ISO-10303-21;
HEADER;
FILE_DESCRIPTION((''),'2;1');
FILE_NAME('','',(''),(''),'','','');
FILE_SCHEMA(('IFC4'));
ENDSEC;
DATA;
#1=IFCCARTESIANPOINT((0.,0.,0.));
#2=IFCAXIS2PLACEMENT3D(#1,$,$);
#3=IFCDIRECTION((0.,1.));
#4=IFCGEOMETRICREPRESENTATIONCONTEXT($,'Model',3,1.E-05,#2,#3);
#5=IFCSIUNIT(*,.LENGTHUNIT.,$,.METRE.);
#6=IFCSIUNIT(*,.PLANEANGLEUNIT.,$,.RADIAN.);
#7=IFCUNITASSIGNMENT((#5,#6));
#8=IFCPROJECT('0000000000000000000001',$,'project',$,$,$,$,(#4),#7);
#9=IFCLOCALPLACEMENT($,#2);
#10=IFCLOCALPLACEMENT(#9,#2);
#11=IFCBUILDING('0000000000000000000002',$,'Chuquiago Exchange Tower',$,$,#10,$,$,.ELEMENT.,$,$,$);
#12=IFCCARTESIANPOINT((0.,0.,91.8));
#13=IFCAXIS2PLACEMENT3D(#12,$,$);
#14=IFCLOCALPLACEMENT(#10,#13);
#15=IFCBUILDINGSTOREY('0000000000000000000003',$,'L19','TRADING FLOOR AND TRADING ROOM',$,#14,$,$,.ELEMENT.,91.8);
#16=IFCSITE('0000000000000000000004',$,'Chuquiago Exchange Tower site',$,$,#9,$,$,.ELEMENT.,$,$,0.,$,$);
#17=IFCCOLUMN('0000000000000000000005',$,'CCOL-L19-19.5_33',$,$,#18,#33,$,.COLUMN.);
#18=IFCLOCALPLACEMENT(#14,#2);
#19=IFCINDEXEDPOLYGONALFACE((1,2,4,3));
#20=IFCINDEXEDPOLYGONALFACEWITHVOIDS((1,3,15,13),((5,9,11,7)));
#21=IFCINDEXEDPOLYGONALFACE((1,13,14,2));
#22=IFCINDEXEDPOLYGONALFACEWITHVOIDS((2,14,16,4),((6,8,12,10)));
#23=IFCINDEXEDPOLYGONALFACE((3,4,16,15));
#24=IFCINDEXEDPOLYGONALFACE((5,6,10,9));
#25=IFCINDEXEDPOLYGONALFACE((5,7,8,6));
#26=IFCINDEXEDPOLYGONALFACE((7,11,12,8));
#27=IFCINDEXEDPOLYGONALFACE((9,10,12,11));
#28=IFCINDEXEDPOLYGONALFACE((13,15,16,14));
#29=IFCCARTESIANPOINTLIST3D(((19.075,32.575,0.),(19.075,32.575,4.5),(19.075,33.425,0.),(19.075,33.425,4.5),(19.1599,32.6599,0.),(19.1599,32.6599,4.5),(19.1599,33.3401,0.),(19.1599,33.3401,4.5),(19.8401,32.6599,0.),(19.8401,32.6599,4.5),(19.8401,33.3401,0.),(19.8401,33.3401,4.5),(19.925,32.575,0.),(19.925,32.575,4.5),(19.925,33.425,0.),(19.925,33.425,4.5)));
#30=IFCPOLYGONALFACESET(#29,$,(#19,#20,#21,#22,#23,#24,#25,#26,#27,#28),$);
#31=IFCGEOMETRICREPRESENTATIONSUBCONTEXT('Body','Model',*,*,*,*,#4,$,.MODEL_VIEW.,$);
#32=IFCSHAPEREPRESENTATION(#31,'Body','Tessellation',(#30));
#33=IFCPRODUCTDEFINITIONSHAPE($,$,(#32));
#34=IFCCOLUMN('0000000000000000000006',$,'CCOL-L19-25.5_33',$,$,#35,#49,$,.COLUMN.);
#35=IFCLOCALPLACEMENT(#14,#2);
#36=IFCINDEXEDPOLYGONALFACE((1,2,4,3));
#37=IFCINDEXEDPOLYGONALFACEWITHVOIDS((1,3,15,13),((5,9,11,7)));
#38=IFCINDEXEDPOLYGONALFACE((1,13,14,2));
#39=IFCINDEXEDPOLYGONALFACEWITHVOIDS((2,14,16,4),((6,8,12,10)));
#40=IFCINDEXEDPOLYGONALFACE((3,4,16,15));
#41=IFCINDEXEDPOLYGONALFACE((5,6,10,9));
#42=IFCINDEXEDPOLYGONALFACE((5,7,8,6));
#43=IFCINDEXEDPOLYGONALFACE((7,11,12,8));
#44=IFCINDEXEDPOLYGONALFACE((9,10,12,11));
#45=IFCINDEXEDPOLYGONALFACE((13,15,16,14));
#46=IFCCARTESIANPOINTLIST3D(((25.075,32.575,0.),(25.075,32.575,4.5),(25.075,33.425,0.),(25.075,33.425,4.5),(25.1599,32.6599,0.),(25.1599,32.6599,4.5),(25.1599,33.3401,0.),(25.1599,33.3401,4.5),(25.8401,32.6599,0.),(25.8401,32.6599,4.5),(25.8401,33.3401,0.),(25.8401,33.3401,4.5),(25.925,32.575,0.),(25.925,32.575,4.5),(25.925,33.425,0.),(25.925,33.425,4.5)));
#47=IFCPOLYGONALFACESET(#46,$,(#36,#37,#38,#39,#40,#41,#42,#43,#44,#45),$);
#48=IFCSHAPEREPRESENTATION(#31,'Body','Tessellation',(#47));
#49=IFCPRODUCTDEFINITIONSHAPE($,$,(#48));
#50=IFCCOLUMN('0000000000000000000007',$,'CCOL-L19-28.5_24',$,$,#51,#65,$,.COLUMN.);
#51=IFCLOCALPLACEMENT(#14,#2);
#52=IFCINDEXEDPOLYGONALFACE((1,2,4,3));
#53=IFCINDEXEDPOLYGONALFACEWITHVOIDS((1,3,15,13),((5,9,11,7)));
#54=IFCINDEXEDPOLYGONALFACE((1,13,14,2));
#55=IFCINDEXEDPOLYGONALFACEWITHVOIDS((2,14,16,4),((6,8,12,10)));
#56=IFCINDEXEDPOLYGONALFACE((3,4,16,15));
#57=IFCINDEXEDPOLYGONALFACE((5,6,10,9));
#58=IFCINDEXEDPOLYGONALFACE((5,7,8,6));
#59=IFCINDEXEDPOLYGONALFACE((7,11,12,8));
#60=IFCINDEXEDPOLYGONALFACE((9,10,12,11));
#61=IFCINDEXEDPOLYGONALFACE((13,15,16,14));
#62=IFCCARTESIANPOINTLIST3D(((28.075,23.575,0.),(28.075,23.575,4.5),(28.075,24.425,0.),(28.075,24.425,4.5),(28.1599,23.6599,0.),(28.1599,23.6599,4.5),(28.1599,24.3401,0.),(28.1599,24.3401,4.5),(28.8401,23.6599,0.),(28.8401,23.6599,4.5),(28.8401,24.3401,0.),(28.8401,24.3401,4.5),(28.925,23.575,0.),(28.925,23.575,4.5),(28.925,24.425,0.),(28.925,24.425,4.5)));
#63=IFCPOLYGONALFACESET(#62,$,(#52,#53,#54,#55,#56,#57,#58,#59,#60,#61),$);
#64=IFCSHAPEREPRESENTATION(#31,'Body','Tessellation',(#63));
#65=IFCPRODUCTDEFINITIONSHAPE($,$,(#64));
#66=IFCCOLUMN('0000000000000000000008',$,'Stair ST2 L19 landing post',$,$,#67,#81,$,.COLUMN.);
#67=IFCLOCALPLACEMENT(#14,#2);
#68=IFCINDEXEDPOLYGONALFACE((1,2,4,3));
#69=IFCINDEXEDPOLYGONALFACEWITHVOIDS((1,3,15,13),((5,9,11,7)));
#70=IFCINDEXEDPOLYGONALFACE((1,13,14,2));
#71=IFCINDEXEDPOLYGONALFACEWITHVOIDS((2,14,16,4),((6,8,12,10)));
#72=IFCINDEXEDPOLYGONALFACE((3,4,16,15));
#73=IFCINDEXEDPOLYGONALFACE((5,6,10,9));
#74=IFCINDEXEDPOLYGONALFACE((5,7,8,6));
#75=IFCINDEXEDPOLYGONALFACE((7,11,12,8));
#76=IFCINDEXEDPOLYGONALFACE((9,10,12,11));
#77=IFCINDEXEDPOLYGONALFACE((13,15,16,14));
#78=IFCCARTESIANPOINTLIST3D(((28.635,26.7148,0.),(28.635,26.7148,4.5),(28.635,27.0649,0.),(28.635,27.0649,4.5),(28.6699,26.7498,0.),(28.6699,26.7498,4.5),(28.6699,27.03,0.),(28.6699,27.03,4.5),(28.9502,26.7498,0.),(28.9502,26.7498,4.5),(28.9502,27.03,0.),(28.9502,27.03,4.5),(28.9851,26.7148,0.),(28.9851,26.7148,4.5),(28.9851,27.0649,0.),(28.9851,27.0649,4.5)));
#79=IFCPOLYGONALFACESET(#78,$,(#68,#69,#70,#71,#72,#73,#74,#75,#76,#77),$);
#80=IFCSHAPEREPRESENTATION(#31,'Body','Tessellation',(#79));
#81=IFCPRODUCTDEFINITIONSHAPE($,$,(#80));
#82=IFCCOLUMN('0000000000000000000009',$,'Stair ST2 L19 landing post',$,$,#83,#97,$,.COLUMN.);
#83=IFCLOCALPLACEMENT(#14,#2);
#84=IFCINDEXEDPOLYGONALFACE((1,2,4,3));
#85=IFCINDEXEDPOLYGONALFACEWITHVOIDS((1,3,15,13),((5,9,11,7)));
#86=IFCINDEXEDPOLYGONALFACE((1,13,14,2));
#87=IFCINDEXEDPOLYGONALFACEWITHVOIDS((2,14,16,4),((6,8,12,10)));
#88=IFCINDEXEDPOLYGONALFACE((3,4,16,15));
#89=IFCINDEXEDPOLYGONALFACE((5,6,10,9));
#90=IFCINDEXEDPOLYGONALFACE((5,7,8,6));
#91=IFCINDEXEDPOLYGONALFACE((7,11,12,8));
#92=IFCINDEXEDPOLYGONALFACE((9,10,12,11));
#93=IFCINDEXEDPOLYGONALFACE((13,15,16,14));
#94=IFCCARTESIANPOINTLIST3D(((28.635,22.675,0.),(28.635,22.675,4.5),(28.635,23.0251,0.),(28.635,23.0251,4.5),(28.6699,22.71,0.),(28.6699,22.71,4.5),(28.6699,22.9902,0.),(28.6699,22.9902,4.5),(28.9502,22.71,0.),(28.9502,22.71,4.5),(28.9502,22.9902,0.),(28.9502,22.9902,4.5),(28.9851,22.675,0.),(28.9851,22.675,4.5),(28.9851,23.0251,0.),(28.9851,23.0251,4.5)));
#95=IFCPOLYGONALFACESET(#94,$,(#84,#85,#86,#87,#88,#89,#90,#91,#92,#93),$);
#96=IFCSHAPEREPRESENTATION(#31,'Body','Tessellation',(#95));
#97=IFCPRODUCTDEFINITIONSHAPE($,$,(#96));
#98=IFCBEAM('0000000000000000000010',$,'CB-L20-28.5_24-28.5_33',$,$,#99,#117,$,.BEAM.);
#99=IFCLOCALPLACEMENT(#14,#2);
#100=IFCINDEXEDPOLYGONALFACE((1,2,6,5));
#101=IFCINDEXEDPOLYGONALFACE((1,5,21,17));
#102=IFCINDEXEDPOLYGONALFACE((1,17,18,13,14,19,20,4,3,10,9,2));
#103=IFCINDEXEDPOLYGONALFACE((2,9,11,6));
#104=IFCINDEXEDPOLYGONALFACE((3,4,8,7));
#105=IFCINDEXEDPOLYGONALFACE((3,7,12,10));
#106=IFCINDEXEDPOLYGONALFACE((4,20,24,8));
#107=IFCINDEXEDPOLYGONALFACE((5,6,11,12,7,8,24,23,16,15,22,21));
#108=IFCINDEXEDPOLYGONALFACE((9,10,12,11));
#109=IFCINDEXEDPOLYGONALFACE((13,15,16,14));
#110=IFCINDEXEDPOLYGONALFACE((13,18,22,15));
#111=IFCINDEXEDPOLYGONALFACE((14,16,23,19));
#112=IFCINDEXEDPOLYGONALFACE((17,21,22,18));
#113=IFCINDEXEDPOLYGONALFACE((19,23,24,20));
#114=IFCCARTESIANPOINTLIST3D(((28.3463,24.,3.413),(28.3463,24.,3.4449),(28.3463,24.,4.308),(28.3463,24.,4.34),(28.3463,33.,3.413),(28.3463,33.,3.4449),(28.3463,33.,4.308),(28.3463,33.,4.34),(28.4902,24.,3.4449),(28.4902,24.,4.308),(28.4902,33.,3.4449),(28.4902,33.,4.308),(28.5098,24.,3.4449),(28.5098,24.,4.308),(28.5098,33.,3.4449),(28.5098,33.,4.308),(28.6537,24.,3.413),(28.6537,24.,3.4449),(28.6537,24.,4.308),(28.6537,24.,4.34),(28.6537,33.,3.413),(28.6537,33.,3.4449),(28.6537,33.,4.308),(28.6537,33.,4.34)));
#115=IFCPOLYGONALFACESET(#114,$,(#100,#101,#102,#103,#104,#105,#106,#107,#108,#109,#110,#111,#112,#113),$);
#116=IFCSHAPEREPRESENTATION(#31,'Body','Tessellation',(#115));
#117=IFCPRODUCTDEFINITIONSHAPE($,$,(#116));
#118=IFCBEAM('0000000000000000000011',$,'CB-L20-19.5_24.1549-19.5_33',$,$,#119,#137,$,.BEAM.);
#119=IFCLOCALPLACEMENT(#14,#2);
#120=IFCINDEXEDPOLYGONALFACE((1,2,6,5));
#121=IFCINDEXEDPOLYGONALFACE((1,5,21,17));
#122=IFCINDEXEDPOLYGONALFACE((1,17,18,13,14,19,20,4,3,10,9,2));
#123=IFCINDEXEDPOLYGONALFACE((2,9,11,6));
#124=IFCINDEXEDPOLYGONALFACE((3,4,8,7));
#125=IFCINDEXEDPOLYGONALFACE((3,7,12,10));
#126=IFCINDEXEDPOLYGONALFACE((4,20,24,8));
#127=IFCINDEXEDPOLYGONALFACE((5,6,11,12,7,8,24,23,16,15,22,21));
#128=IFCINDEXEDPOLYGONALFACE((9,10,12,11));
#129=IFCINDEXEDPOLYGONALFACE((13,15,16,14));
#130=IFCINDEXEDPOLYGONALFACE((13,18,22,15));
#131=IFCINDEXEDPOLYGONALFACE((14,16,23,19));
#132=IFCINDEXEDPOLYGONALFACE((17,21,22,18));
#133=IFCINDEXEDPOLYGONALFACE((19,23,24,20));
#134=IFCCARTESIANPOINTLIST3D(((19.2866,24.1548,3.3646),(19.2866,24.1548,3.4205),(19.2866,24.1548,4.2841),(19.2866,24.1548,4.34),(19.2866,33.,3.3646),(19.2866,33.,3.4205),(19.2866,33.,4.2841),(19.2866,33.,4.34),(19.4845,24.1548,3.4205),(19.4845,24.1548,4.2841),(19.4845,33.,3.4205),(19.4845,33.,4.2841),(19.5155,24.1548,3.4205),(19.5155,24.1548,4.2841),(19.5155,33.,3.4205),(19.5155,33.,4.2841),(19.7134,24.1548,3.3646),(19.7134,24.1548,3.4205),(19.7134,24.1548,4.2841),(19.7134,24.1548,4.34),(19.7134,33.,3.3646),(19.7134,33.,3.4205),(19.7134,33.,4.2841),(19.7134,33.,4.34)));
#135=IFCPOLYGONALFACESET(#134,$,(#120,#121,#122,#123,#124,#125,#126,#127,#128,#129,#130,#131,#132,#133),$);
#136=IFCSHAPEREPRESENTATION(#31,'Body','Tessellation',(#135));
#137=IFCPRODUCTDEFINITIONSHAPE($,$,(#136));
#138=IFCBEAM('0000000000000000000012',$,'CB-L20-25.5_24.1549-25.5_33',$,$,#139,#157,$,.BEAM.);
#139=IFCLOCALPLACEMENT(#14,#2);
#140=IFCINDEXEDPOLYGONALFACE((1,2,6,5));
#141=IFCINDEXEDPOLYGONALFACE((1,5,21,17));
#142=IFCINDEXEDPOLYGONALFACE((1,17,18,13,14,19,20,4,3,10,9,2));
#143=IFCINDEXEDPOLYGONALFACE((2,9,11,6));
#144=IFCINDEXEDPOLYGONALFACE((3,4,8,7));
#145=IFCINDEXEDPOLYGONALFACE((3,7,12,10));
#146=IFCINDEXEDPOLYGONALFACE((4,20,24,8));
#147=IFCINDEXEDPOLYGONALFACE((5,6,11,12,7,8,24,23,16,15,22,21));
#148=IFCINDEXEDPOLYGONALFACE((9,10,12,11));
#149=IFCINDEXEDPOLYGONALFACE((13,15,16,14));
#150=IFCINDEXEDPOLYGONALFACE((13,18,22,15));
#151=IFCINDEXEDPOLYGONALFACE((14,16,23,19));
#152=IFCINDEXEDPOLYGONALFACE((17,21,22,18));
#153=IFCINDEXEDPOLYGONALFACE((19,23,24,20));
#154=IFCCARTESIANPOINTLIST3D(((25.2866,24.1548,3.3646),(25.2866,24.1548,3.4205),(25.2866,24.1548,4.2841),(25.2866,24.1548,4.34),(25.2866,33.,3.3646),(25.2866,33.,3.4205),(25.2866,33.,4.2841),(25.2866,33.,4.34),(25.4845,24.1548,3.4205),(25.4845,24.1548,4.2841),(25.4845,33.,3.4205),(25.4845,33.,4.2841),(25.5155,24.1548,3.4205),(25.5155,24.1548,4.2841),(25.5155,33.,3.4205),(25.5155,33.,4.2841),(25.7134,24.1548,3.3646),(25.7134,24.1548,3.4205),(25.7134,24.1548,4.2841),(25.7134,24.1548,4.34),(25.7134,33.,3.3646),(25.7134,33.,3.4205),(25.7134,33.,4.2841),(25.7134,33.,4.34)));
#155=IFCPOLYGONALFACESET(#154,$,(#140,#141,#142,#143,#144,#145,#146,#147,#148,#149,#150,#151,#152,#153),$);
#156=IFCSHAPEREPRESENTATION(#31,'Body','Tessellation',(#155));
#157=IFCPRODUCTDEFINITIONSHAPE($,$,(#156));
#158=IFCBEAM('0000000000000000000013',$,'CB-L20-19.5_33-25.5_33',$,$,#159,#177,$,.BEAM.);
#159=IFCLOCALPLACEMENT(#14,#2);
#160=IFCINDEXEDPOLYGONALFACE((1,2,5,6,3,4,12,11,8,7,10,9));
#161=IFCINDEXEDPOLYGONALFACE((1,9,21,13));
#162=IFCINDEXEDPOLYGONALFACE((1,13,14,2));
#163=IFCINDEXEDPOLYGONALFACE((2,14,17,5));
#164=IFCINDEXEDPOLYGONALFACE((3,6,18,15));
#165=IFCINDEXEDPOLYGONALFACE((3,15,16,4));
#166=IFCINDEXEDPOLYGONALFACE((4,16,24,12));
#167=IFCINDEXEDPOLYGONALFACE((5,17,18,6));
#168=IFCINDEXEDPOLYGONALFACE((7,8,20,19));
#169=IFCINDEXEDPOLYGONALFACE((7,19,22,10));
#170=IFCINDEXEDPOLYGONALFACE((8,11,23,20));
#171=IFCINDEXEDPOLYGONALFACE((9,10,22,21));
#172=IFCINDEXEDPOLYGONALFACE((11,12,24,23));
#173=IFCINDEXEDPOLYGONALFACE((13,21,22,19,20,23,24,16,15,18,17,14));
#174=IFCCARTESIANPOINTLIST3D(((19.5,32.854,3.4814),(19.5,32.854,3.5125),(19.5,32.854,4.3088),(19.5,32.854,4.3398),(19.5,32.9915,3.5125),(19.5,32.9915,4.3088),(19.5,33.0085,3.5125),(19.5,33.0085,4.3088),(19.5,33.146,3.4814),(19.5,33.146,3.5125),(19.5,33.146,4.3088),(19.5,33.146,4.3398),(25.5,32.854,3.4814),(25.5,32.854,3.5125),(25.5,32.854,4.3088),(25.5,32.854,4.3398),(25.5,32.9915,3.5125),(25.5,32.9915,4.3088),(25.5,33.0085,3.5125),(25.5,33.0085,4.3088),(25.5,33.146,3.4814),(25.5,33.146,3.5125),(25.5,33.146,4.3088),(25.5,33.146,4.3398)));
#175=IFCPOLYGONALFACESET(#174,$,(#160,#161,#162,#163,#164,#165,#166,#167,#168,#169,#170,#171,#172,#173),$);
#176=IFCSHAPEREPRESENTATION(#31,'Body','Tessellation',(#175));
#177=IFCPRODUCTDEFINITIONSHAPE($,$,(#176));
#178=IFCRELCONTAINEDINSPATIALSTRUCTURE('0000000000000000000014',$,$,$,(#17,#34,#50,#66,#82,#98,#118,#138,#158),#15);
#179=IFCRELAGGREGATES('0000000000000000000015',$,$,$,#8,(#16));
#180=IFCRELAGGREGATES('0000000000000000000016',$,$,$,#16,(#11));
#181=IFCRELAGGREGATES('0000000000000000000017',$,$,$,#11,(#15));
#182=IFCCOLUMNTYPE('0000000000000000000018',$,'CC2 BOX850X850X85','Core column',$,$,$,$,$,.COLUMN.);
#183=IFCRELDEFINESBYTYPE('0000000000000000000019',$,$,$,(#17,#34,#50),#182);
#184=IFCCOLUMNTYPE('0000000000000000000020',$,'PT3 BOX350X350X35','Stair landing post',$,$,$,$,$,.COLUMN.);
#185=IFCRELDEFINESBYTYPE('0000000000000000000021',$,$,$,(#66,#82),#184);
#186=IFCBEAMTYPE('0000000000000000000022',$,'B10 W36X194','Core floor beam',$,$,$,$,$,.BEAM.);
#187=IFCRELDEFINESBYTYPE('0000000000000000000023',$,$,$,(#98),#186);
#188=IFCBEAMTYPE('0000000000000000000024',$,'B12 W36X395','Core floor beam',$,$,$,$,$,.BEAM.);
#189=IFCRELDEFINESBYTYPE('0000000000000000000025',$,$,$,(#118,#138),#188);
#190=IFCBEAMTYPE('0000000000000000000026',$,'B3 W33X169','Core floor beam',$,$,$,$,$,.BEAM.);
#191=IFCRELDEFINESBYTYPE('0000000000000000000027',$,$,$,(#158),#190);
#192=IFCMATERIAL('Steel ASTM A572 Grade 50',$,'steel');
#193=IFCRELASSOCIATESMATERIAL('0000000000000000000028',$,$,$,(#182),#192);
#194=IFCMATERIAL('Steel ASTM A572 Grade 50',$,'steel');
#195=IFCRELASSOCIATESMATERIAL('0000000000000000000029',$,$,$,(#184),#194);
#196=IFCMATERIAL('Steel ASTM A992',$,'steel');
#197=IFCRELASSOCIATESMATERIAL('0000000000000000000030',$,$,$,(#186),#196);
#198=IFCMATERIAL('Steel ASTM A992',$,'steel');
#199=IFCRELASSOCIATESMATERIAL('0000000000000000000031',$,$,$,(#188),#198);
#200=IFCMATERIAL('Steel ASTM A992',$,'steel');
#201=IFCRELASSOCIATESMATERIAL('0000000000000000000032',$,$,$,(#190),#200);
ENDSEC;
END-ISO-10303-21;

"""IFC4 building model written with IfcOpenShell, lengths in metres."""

from ifc_helpers import new_model, si_unit, direction, frame, origin, origin_2d, place, context, subcontext, project, spatial, hollow_rectangle, i_section, extrude, material, material_profile, profile_set, type_object, element, save


model = new_model("IFC4")

# Units and contexts
model_context = context("Model", 3, precision=1e-05, world=origin(), true_north=direction((0.0, 1.0)))
body_context = subcontext(model_context, "Body", "Model", "MODEL_VIEW")
ifc_project = project(units=[si_unit("LENGTHUNIT", "METRE"), si_unit("PLANEANGLEUNIT", "RADIAN")], contexts=[model_context])

# Site, building, storey
site_placement = place(None, origin())
site = spatial("IfcSite", under=ifc_project, at=site_placement, Name="Chuquiago Exchange Tower site", CompositionType="ELEMENT", RefElevation=0.0)
building_placement = place(site_placement, origin())
building = spatial("IfcBuilding", under=site, at=building_placement, Name="Chuquiago Exchange Tower", CompositionType="ELEMENT")
storey_placement = place(building_placement, frame((0.0, 0.0, 91.8)))
storey = spatial("IfcBuildingStorey", under=building, at=storey_placement, Name="L19", Description="TRADING FLOOR AND TRADING ROOM", CompositionType="ELEMENT", Elevation=91.8)

# Columns
ifc_material_1 = material(Name="Steel ASTM A572 Grade 50", Category="steel")
ifc_material_profile_1 = material_profile(ifc_material_1, hollow_rectangle(XDim=0.8501, YDim=0.8501, WallThickness=0.085, at=origin_2d()), Name="BOX850X850X85")
ifc_profile_set_1 = profile_set([ifc_material_profile_1], Name="Steel ASTM A572 Grade 50")
column_type_1 = type_object("IfcColumnType", Name="CC2 BOX850X850X85", Description="Core column", PredefinedType="COLUMN", material=ifc_profile_set_1)
for number, where, z_axis, x_axis, name in (
    (1, (19.5, 33.0, 0.0), (0.0, 0.0, 1.0), (1.0, 0.0, 0.0), "CCOL-L19-19.5_33"),
    (2, (25.5, 33.0, 0.0), (0.0, 0.0, 1.0), (1.0, 0.0, 0.0), "CCOL-L19-25.5_33"),
    (3, (28.5, 24.0, 0.0), (0.0, 0.0, 1.0), (1.0, 0.0, 0.0), "CCOL-L19-28.5_24"),
):
    element("IfcColumn", number, at=place(storey_placement, frame(where, z_axis=z_axis, x_axis=x_axis)), inside=storey, type_object=column_type_1, Name=name, PredefinedType="COLUMN", context=body_context, shape_type="SweptSolid", body=[
        extrude(hollow_rectangle(XDim=0.8501, YDim=0.8501, WallThickness=0.085, at=origin_2d()), origin(), (0.0, 0.0, 1.0), 4.5),
    ])
ifc_material_2 = material(Name="Steel ASTM A572 Grade 50", Category="steel")
ifc_material_profile_2 = material_profile(ifc_material_2, hollow_rectangle(XDim=0.3501, YDim=0.3501, WallThickness=0.0349, at=origin_2d()), Name="BOX350X350X35")
ifc_profile_set_2 = profile_set([ifc_material_profile_2], Name="Steel ASTM A572 Grade 50")
column_type_2 = type_object("IfcColumnType", Name="PT3 BOX350X350X35", Description="Stair landing post", PredefinedType="COLUMN", material=ifc_profile_set_2)
for number, where, z_axis, x_axis, name in (
    (4, (28.8101, 26.8899, 0.0), (0.0, 0.0, 1.0), (1.0, 0.0, 0.0), "Stair ST2 L19 landing post"),
    (5, (28.8101, 22.8501, 0.0), (0.0, 0.0, 1.0), (1.0, 0.0, 0.0), "Stair ST2 L19 landing post"),
):
    element("IfcColumn", number, at=place(storey_placement, frame(where, z_axis=z_axis, x_axis=x_axis)), inside=storey, type_object=column_type_2, Name=name, PredefinedType="COLUMN", context=body_context, shape_type="SweptSolid", body=[
        extrude(hollow_rectangle(XDim=0.3501, YDim=0.3501, WallThickness=0.0349, at=origin_2d()), origin(), (0.0, 0.0, 1.0), 4.5),
    ])

# Beams
ifc_material_3 = material(Name="Steel ASTM A992", Category="steel")
ifc_material_profile_3 = material_profile(ifc_material_3, i_section(OverallWidth=0.3074, OverallDepth=0.927, WebThickness=0.0195, FlangeThickness=0.032, at=origin_2d()), Name="W36X194")
ifc_profile_set_3 = profile_set([ifc_material_profile_3], Name="Steel ASTM A992")
beam_type_1 = type_object("IfcBeamType", Name="B10 W36X194", Description="Core floor beam", PredefinedType="BEAM", material=ifc_profile_set_3)
beam_1_placement = place(storey_placement, frame((28.5, 24.0, 3.8765), z_axis=(0.0, 1.0, 0.0), x_axis=(-1.0, 0.0, 0.0)))
element("IfcBeam", 6, at=beam_1_placement, inside=storey, type_object=beam_type_1, Name="CB-L20-28.5_24-28.5_33", PredefinedType="BEAM", context=body_context, shape_type="SweptSolid", body=[
    extrude(i_section(OverallWidth=0.3074, OverallDepth=0.927, WebThickness=0.0195, FlangeThickness=0.032, at=origin_2d()), origin(), (0.0, 0.0, 1.0), 9.0),
])
ifc_material_4 = material(Name="Steel ASTM A992", Category="steel")
ifc_material_profile_4 = material_profile(ifc_material_4, i_section(OverallWidth=0.4268, OverallDepth=0.9753, WebThickness=0.031, FlangeThickness=0.0559, at=origin_2d()), Name="W36X395")
ifc_profile_set_4 = profile_set([ifc_material_profile_4], Name="Steel ASTM A992")
beam_type_2 = type_object("IfcBeamType", Name="B12 W36X395", Description="Core floor beam", PredefinedType="BEAM", material=ifc_profile_set_4)
for number, where, z_axis, x_axis, name in (
    (7, (19.5, 24.1548, 3.8523), (0.0, 1.0, 0.0), (-1.0, 0.0, 0.0), "CB-L20-19.5_24.1549-19.5_33"),
    (8, (25.5, 24.1548, 3.8523), (0.0, 1.0, 0.0), (-1.0, 0.0, 0.0), "CB-L20-25.5_24.1549-25.5_33"),
):
    element("IfcBeam", number, at=place(storey_placement, frame(where, z_axis=z_axis, x_axis=x_axis)), inside=storey, type_object=beam_type_2, Name=name, PredefinedType="BEAM", context=body_context, shape_type="SweptSolid", body=[
        extrude(i_section(OverallWidth=0.4268, OverallDepth=0.9753, WebThickness=0.031, FlangeThickness=0.0559, at=origin_2d()), origin(), (0.0, 0.0, 1.0), 8.8452),
    ])
ifc_material_5 = material(Name="Steel ASTM A992", Category="steel")
ifc_material_profile_5 = material_profile(ifc_material_5, i_section(OverallWidth=0.292, OverallDepth=0.8584, WebThickness=0.0171, FlangeThickness=0.031, at=origin_2d()), Name="W33X169")
ifc_profile_set_5 = profile_set([ifc_material_profile_5], Name="Steel ASTM A992")
beam_type_3 = type_object("IfcBeamType", Name="B3 W33X169", Description="Core floor beam", PredefinedType="BEAM", material=ifc_profile_set_5)
beam_2_placement = place(storey_placement, frame((19.5, 33.0, 3.9106), z_axis=(1.0, 0.0, 0.0), x_axis=(0.0, 1.0, 0.0)))
element("IfcBeam", 9, at=beam_2_placement, inside=storey, type_object=beam_type_3, Name="CB-L20-19.5_33-25.5_33", PredefinedType="BEAM", context=body_context, shape_type="SweptSolid", body=[
    extrude(i_section(OverallWidth=0.292, OverallDepth=0.8584, WebThickness=0.0171, FlangeThickness=0.031, at=origin_2d()), origin(), (0.0, 0.0, 1.0), 6.0),
])

save(model, "model.ifc")
